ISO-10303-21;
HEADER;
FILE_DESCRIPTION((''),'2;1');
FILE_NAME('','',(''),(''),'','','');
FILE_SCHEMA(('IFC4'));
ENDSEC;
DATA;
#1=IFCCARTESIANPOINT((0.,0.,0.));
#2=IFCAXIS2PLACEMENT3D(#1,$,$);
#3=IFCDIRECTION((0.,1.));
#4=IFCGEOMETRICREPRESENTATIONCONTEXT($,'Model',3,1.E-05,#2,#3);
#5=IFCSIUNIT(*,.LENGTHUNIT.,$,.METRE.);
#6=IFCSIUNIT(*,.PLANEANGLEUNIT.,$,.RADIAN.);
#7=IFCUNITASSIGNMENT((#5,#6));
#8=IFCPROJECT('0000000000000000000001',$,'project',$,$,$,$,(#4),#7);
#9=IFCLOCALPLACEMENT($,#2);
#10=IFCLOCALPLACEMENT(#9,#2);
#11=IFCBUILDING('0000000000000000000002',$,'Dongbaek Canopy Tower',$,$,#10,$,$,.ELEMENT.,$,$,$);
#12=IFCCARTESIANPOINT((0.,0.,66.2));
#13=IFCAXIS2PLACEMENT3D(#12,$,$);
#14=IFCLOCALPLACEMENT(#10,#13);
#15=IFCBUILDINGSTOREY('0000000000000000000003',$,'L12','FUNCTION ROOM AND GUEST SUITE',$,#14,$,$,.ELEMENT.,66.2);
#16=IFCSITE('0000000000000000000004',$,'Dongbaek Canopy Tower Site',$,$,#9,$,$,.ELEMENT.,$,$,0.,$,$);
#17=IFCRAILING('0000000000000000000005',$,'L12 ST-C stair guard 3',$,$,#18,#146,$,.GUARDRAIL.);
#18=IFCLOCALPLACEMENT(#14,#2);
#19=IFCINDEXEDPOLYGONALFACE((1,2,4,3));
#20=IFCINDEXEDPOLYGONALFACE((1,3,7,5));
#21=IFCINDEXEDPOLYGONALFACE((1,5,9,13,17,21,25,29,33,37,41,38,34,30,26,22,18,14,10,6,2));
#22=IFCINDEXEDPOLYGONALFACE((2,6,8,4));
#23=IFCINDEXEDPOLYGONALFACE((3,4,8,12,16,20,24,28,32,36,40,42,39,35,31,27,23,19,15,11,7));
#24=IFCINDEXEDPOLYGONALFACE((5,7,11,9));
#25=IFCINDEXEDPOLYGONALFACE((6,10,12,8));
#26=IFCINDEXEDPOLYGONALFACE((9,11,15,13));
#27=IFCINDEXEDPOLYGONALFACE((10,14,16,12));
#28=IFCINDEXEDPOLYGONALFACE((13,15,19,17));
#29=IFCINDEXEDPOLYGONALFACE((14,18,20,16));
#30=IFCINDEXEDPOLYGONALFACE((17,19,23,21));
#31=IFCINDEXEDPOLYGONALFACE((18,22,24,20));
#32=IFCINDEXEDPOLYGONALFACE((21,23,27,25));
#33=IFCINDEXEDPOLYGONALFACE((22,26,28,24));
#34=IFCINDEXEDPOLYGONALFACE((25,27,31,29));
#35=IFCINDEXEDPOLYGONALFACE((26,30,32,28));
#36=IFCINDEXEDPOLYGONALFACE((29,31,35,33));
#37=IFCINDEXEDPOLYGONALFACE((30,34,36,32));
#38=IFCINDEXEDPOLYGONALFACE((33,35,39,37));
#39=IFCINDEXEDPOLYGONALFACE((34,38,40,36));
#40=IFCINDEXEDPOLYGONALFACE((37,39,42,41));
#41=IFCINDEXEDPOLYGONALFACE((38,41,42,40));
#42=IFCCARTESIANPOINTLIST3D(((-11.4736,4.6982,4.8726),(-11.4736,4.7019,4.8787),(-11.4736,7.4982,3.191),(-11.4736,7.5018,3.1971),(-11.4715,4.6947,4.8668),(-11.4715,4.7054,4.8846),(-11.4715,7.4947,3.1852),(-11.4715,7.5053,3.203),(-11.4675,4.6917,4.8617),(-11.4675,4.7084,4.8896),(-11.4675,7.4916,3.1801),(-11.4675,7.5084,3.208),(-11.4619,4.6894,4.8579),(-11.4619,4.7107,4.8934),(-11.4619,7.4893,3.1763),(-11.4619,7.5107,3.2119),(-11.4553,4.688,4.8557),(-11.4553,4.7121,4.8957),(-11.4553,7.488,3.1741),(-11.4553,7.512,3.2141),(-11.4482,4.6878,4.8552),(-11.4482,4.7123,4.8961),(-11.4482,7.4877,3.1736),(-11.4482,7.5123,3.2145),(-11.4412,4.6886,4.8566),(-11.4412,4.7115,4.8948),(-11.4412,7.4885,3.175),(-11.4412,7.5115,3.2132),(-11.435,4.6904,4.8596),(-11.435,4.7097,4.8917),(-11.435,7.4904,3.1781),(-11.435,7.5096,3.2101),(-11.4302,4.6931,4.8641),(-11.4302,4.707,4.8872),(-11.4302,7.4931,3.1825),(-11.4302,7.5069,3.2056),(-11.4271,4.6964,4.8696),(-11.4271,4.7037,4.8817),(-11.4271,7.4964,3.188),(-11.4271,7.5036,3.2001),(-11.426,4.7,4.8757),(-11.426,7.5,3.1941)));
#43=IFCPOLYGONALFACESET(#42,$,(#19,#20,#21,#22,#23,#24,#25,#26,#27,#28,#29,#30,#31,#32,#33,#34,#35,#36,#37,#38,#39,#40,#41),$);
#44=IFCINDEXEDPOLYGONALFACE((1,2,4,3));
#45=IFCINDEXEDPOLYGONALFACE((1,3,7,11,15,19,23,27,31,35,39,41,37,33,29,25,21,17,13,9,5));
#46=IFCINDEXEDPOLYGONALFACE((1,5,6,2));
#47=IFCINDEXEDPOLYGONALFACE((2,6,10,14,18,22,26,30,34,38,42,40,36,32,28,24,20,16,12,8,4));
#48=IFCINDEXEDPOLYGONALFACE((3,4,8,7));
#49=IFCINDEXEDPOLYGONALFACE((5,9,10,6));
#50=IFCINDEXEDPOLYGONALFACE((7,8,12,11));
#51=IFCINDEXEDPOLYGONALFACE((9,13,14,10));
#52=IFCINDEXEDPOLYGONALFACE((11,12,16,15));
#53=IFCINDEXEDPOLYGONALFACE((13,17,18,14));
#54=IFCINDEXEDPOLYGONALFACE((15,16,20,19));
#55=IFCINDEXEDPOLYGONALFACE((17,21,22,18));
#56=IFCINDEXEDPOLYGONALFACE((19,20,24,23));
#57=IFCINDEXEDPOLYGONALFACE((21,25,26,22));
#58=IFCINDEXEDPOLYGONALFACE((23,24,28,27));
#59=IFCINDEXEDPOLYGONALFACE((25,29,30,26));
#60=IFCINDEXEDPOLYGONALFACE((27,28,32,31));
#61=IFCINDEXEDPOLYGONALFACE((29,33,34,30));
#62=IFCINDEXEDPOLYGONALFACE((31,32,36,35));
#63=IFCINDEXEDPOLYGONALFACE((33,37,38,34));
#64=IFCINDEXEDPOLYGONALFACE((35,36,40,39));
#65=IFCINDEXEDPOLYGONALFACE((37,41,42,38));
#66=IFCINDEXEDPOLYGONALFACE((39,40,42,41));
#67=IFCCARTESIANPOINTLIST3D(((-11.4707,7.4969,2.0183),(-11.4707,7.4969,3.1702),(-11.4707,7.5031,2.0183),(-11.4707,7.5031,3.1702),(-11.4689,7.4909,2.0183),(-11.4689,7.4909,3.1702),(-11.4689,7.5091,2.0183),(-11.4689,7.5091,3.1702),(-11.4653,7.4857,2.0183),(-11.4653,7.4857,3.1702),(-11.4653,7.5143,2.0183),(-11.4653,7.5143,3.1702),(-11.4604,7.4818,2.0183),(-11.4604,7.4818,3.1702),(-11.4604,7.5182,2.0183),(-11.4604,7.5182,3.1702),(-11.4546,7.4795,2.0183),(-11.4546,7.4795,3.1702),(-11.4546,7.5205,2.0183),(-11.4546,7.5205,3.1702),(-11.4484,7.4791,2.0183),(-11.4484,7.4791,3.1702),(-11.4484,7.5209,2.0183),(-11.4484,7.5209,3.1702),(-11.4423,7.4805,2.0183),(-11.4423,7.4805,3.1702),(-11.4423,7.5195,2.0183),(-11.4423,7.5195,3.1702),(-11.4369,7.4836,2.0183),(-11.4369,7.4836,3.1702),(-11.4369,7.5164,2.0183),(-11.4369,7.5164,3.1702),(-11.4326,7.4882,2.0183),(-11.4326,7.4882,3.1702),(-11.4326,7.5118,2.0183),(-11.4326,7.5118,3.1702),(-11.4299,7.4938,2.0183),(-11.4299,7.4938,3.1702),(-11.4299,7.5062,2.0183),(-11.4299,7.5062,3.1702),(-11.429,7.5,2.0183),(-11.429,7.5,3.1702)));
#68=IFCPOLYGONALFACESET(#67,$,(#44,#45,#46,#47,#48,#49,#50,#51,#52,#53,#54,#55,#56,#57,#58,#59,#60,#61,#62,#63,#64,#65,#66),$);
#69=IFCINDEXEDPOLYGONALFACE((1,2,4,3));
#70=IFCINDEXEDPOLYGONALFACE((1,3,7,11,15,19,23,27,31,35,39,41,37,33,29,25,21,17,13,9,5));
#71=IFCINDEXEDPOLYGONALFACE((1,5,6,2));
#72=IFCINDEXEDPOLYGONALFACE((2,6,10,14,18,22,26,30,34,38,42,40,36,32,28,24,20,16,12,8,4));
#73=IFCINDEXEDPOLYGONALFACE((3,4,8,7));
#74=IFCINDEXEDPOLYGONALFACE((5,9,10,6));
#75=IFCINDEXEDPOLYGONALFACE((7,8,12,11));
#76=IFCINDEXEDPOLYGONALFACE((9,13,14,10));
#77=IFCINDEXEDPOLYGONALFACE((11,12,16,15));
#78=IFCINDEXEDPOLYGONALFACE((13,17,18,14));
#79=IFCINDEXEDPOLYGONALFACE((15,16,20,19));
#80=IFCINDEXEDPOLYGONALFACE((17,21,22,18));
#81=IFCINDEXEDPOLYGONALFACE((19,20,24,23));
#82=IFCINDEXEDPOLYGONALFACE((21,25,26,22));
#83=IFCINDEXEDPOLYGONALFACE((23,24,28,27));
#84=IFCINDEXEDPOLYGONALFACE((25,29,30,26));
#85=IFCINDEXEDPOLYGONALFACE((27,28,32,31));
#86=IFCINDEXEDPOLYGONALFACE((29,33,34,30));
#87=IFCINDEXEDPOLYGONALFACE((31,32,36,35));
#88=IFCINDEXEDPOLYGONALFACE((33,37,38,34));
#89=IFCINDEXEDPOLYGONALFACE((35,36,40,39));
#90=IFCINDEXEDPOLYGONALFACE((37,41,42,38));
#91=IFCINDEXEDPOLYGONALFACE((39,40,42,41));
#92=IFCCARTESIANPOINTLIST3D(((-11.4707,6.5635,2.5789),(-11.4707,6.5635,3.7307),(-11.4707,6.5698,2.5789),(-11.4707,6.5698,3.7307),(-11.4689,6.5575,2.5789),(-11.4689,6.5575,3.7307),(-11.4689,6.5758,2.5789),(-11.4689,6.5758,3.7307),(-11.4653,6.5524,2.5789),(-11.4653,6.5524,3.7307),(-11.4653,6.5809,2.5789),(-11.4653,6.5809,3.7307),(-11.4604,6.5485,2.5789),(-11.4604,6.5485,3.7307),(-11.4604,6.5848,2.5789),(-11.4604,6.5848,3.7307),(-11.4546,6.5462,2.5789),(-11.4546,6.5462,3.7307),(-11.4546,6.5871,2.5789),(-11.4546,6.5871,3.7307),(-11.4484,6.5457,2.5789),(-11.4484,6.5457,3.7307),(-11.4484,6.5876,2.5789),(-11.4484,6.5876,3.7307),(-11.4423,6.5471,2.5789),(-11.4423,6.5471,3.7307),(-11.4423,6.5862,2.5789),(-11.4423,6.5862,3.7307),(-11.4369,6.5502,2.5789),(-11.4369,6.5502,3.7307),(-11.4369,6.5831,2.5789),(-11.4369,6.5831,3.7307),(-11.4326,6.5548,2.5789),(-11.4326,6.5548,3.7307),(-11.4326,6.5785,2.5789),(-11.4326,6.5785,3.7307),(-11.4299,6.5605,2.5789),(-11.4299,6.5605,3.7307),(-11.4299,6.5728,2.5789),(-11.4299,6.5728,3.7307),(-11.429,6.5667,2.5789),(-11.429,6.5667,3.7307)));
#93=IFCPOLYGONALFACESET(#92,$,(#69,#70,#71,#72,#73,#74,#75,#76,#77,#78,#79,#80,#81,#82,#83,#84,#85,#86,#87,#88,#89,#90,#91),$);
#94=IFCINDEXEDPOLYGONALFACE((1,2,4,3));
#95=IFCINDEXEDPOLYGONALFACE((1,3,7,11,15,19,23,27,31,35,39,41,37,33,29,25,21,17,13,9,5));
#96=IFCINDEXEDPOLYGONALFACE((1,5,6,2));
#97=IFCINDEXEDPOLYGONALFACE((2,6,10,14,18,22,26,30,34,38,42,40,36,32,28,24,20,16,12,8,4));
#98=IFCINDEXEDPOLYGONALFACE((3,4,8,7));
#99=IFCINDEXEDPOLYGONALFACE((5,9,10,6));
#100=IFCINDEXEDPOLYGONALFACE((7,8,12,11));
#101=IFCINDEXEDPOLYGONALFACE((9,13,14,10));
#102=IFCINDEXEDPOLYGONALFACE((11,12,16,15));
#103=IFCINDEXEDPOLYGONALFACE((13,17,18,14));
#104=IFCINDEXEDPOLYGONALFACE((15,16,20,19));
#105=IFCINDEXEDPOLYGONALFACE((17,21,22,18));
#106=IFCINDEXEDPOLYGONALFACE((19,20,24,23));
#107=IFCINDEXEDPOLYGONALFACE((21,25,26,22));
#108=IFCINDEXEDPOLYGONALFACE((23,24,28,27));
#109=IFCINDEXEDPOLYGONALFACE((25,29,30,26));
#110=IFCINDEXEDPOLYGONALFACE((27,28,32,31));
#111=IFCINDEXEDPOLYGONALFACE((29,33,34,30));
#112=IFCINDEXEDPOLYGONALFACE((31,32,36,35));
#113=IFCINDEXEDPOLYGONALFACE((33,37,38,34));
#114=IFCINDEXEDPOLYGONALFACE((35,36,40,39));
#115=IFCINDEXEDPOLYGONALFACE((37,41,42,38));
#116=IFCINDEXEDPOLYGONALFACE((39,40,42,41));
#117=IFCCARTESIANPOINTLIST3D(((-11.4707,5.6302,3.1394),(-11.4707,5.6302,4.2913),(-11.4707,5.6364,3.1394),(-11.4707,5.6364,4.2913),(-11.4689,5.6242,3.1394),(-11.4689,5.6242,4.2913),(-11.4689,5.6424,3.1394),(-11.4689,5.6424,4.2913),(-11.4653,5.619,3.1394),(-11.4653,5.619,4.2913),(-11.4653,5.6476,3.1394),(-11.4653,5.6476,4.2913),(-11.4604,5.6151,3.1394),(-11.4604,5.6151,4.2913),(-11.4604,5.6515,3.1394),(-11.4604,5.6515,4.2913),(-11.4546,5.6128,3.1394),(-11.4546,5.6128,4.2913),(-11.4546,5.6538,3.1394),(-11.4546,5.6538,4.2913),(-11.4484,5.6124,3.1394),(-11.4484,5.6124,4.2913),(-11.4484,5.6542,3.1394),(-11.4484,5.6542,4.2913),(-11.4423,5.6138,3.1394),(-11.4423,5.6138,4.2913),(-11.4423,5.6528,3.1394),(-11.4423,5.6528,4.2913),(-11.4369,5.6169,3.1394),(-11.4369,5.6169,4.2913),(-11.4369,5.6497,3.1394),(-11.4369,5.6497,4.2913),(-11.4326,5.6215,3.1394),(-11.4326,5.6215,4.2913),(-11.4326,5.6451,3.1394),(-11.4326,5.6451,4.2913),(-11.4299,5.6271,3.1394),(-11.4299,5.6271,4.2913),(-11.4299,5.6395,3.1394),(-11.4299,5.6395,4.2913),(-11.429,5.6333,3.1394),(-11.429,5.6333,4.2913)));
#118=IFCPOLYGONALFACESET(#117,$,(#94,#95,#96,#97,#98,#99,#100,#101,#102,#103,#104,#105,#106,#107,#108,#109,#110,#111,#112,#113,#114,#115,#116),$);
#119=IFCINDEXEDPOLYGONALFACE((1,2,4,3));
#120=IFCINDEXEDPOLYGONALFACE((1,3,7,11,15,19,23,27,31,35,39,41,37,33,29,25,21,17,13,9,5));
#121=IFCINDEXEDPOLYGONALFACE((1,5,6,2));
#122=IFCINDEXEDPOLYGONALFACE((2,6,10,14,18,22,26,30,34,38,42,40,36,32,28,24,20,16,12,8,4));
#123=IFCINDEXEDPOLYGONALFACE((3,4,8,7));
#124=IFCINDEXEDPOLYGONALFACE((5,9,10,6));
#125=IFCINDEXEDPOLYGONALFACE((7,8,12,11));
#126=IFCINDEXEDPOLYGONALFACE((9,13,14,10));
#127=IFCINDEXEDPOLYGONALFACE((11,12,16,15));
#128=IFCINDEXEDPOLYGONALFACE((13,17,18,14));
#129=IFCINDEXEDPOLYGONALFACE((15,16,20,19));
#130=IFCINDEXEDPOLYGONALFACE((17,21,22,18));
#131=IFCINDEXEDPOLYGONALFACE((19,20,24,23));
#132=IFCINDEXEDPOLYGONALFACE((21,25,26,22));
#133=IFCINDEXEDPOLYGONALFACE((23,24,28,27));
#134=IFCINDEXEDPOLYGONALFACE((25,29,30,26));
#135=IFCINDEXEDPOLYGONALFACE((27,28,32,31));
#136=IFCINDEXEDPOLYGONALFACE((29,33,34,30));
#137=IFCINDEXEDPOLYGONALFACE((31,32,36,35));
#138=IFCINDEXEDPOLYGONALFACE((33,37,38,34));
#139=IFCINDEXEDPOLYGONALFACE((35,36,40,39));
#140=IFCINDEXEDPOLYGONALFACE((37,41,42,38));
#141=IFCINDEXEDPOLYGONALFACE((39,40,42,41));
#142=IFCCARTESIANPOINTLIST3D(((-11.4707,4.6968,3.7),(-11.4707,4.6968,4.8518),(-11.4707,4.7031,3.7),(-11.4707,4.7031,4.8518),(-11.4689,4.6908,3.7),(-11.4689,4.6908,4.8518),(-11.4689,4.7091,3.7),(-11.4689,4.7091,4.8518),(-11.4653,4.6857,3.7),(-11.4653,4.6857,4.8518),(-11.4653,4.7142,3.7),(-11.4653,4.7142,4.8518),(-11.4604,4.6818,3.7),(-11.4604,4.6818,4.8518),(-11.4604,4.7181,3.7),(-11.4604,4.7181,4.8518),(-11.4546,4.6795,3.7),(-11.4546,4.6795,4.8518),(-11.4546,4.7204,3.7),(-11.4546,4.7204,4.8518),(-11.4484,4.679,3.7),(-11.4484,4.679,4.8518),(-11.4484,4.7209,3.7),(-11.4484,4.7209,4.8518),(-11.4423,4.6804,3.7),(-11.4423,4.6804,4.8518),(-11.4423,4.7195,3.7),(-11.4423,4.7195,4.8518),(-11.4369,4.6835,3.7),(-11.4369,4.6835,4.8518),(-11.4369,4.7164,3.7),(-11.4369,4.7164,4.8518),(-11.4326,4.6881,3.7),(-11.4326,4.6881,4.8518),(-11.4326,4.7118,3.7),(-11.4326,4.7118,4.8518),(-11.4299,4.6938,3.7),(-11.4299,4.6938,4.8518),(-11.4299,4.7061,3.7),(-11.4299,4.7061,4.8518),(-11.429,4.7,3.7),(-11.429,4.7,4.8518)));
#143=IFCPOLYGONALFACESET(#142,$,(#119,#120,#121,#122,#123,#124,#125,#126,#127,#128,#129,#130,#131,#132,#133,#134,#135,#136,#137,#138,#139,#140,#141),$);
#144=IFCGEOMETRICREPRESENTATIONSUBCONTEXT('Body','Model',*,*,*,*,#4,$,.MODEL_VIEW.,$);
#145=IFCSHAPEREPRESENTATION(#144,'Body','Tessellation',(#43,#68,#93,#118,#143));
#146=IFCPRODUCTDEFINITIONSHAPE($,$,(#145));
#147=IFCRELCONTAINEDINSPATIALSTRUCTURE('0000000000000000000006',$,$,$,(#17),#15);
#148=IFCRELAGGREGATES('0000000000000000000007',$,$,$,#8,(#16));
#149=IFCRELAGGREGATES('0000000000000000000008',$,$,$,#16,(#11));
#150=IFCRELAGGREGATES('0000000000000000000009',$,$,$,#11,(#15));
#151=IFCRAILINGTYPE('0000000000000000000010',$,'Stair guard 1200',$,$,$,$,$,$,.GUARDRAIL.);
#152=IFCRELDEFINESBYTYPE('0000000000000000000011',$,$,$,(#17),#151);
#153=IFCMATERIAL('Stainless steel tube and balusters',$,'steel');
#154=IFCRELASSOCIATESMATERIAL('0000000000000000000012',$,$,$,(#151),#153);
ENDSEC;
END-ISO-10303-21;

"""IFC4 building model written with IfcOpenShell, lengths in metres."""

from ifc_helpers import new_model, si_unit, direction, frame, origin, origin_2d, place, context, subcontext, project, spatial, circle, extrude, material, type_object, element, save


model = new_model("IFC4")

# Units and contexts
model_context = context("Model", 3, precision=1e-05, world=origin(), true_north=direction((0.0, 1.0)))
body_context = subcontext(model_context, "Body", "Model", "MODEL_VIEW")
ifc_project = project(units=[si_unit("LENGTHUNIT", "METRE"), si_unit("PLANEANGLEUNIT", "RADIAN")], contexts=[model_context])

# Site, building, storey
site_placement = place(None, origin())
site = spatial("IfcSite", under=ifc_project, at=site_placement, Name="Dongbaek Canopy Tower Site", CompositionType="ELEMENT", RefElevation=0.0)
building_placement = place(site_placement, origin())
building = spatial("IfcBuilding", under=site, at=building_placement, Name="Dongbaek Canopy Tower", CompositionType="ELEMENT")
storey_placement = place(building_placement, frame((0.0, 0.0, 66.2)))
storey = spatial("IfcBuildingStorey", under=building, at=storey_placement, Name="L12", Description="FUNCTION ROOM AND GUEST SUITE", CompositionType="ELEMENT", Elevation=66.2)

# Railing
ifc_material_1 = material(Name="Stainless steel tube and balusters", Category="steel")
railing_type_1 = type_object("IfcRailingType", Name="Stair guard 1200", PredefinedType="GUARDRAIL", material=ifc_material_1)
railing_1_placement = place(storey_placement, frame((-11.45, 7.5, 2.0183)))
element("IfcRailing", 1, at=railing_1_placement, inside=storey, type_object=railing_type_1, Name="L12 ST-C stair guard 3", PredefinedType="GUARDRAIL", context=body_context, shape_type="SweptSolid", body=[
    extrude(circle(Radius=0.0239, at=origin_2d()), frame((0.0, 0.0, 1.1758), z_axis=(0.0, -0.857275, 0.514858), x_axis=(1.0, 0.0, 0.0)), (0.0, 0.0, 1.0), 3.2661),
    extrude(circle(Radius=0.021, at=origin_2d()), origin(), (0.0, 0.0, 1.0), 1.1519),
    extrude(circle(Radius=0.021, at=origin_2d()), frame((0.0, -0.9333, 0.5605)), (0.0, 0.0, 1.0), 1.1519),
    extrude(circle(Radius=0.021, at=origin_2d()), frame((0.0, -1.8667, 1.1211)), (0.0, 0.0, 1.0), 1.1519),
    extrude(circle(Radius=0.021, at=origin_2d()), frame((0.0, -2.8, 1.6816)), (0.0, 0.0, 1.0), 1.1519),
])

save(model, "model.ifc")
